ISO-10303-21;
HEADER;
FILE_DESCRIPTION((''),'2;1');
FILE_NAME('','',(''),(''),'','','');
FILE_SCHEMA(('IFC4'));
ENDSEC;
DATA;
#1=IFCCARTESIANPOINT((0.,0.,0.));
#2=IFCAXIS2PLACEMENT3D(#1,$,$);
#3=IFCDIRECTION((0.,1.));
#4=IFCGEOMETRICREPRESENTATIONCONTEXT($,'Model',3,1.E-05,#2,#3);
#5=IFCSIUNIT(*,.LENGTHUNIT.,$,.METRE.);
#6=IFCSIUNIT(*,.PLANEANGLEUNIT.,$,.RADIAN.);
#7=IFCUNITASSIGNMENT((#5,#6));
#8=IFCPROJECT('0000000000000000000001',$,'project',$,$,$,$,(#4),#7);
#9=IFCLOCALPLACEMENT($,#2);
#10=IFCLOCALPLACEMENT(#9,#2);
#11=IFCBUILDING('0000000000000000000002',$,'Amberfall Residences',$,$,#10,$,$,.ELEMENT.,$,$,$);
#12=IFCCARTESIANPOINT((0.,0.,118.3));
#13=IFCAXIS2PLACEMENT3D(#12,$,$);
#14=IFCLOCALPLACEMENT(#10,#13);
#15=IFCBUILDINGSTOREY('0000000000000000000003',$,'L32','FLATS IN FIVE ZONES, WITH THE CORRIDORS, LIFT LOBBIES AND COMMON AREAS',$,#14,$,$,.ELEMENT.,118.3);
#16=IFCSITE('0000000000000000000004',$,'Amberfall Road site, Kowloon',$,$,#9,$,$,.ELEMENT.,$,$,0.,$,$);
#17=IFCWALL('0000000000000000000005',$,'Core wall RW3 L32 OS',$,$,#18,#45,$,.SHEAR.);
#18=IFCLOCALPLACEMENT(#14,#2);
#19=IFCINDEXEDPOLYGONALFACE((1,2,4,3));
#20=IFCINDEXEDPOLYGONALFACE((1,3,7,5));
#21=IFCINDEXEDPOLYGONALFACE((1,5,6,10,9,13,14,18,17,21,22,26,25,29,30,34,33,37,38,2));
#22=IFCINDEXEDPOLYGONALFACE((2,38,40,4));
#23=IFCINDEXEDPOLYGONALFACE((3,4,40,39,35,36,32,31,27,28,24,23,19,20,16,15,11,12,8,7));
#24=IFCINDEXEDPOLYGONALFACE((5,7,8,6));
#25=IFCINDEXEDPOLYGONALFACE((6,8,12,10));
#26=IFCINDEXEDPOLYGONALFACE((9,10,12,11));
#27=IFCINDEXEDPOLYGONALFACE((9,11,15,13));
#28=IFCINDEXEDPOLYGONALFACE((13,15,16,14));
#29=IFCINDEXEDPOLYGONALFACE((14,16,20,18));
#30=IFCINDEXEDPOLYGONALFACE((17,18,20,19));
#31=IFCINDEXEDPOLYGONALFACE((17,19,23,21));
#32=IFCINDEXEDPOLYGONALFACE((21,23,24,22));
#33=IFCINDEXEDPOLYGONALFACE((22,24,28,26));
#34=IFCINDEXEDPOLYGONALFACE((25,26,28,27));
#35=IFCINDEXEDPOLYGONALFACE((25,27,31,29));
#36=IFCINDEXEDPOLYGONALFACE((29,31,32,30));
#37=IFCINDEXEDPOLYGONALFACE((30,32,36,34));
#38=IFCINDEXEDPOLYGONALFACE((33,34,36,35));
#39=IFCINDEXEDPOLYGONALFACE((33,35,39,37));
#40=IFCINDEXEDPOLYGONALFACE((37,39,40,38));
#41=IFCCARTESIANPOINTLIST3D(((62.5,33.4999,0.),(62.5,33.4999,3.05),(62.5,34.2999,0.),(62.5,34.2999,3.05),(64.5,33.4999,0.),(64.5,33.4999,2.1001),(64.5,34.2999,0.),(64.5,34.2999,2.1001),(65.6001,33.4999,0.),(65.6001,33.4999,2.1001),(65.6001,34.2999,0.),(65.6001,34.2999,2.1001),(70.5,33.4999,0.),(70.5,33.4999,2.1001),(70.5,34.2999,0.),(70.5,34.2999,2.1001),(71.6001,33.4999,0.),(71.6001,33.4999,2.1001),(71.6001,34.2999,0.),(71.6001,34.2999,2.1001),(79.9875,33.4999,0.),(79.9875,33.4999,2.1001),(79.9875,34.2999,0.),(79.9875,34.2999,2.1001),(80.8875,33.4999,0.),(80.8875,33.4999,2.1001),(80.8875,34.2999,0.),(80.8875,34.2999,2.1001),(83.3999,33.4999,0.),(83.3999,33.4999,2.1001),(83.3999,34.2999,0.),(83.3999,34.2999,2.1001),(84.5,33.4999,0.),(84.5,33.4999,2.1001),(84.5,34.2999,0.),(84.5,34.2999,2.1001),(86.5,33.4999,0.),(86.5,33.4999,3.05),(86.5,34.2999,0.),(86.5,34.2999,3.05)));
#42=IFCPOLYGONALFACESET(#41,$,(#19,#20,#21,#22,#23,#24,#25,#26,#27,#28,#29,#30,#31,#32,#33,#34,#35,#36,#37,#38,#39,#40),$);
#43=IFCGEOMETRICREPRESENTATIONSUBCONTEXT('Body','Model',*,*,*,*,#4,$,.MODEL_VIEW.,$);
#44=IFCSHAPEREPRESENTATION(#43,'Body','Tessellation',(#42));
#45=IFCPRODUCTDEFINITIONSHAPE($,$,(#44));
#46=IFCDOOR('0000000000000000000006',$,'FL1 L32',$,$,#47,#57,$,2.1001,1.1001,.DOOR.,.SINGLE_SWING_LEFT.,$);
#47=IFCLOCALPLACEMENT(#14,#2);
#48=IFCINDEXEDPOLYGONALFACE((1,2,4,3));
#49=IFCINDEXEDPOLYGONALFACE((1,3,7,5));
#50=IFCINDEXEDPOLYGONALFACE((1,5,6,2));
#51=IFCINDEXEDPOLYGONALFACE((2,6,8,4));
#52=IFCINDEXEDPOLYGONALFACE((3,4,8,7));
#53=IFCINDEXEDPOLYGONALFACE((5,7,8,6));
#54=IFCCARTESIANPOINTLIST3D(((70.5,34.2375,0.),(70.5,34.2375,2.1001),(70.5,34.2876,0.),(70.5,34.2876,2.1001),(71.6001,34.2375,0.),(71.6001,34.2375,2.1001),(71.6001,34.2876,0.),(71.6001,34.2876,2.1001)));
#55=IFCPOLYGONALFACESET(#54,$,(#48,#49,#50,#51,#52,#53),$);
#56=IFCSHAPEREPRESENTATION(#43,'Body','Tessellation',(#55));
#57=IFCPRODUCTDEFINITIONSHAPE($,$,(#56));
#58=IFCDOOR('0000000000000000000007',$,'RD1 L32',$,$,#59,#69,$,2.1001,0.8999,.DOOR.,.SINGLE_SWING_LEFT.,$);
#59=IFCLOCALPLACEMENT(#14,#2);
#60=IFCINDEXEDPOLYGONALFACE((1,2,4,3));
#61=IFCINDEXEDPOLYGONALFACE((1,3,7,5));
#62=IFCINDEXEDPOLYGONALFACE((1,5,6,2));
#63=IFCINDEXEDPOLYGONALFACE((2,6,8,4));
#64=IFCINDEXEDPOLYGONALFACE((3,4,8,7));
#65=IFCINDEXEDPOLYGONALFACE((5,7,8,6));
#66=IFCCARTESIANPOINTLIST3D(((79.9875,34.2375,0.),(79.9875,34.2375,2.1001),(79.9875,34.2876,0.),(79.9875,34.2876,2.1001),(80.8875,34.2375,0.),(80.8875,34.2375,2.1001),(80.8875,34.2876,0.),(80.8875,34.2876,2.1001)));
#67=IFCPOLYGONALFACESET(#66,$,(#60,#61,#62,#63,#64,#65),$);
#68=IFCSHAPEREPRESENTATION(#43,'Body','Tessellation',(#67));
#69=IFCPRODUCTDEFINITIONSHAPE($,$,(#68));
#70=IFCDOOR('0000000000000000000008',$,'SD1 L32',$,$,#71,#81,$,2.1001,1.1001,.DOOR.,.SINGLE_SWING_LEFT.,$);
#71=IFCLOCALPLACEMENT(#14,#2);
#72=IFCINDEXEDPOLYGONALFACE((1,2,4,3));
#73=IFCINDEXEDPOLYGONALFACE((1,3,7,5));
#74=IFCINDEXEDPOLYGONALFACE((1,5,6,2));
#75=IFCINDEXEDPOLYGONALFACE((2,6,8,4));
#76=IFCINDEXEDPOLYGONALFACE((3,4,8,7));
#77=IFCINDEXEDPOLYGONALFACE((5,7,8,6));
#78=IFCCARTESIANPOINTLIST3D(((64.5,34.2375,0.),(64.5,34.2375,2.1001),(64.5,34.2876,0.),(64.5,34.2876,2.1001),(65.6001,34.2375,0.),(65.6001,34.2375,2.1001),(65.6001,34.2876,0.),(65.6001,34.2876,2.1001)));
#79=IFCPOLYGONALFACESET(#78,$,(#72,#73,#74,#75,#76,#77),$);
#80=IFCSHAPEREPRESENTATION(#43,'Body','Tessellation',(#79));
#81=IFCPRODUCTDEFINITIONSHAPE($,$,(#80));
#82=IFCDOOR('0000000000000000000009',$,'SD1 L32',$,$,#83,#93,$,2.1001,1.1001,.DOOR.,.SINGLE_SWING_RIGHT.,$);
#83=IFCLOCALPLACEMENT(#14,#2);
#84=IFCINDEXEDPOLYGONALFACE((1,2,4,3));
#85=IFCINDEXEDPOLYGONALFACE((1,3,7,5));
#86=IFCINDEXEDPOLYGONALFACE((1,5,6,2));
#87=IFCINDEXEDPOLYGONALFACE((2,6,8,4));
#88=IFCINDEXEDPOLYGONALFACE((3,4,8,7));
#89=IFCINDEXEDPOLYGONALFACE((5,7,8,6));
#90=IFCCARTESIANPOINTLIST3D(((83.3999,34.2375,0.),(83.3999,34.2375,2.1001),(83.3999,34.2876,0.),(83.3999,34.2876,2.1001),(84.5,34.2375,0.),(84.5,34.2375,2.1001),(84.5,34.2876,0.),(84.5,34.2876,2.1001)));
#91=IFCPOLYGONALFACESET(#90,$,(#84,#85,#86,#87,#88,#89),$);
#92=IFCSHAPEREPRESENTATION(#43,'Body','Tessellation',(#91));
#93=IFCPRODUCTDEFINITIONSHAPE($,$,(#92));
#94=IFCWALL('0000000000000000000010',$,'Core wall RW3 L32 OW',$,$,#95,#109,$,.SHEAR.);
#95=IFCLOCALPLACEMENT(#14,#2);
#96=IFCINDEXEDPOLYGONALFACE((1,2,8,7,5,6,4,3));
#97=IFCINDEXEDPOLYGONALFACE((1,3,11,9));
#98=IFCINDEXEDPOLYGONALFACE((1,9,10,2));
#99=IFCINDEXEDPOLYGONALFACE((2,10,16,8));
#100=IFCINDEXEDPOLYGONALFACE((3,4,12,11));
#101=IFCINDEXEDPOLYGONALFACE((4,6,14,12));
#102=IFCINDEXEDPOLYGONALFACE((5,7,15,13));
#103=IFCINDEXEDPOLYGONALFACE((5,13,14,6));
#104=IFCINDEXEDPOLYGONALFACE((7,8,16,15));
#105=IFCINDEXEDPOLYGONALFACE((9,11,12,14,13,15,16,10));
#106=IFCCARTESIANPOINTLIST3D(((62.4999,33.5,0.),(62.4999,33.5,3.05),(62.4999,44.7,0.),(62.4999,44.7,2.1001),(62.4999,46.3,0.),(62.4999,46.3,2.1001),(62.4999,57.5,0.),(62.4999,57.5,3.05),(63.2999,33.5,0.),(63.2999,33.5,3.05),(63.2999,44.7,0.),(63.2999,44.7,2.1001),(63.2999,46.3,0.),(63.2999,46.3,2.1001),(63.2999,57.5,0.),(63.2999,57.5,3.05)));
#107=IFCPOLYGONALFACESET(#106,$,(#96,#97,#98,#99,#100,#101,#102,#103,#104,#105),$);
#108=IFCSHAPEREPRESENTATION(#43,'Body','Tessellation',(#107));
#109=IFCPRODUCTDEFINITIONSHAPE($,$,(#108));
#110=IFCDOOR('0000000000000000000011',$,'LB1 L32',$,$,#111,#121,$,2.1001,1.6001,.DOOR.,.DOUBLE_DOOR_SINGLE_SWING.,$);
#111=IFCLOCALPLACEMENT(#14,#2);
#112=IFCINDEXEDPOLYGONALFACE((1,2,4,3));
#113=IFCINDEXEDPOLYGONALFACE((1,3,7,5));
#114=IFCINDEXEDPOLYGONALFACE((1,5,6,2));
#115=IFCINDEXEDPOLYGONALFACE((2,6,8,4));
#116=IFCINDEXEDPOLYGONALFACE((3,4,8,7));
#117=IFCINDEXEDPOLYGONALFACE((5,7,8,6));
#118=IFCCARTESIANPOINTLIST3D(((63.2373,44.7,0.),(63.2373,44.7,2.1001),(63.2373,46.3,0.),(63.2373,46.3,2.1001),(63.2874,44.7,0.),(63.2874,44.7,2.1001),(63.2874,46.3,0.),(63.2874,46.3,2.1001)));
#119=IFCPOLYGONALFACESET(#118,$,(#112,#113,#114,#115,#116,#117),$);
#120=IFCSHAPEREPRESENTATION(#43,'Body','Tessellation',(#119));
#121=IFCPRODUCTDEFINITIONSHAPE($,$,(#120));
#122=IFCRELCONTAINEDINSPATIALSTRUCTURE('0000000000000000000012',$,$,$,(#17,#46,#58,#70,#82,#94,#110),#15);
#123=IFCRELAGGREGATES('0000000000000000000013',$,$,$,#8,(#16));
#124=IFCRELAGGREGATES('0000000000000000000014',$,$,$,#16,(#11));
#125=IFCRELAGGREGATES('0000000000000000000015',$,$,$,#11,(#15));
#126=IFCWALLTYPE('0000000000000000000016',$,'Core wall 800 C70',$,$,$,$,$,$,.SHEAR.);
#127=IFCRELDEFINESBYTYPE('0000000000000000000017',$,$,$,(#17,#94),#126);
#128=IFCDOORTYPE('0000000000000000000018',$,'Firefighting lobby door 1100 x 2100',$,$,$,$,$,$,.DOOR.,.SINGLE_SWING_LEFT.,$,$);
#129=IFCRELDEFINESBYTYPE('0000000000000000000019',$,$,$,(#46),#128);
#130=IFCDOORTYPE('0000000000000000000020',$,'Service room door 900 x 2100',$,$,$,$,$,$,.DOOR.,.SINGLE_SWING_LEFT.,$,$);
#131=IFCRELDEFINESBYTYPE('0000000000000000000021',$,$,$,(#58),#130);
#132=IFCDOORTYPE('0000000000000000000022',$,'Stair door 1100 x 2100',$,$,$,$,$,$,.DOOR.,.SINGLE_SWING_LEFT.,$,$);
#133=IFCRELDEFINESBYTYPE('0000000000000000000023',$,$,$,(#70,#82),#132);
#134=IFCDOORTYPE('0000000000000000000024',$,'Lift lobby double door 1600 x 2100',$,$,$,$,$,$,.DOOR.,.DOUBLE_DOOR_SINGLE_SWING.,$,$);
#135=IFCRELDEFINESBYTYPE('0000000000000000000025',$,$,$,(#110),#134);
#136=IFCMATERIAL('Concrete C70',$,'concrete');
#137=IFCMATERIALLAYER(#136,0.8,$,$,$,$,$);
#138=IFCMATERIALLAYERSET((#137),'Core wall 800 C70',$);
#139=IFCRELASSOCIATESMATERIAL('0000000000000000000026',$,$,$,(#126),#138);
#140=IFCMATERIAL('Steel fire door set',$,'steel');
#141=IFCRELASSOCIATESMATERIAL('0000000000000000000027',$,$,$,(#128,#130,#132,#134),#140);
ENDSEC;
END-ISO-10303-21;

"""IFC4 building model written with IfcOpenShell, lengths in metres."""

from ifc_helpers import new_model, si_unit, direction, frame, frame_2d, origin, place, context, subcontext, project, spatial, rectangle, extrude, material, layer, layer_set, type_object, element, fill, save


model = new_model("IFC4")

# Units and contexts
model_context = context("Model", 3, precision=1e-05, world=origin(), true_north=direction((0.0, 1.0)))
body_context = subcontext(model_context, "Body", "Model", "MODEL_VIEW")
ifc_project = project(units=[si_unit("LENGTHUNIT", "METRE"), si_unit("PLANEANGLEUNIT", "RADIAN")], contexts=[model_context])

# Site, building, storey
site_placement = place(None, origin())
site = spatial("IfcSite", under=ifc_project, at=site_placement, Name="Amberfall Road site, Kowloon", CompositionType="ELEMENT", RefElevation=0.0)
building_placement = place(site_placement, origin())
building = spatial("IfcBuilding", under=site, at=building_placement, Name="Amberfall Residences", CompositionType="ELEMENT")
storey_placement = place(building_placement, frame((0.0, 0.0, 118.3)))
storey = spatial("IfcBuildingStorey", under=building, at=storey_placement, Name="L32", Description="FLATS IN FIVE ZONES, WITH THE CORRIDORS, LIFT LOBBIES AND COMMON AREAS", CompositionType="ELEMENT", Elevation=118.3)

# Wall, openings, doors
ifc_material_1 = material(Name="Concrete C70", Category="concrete")
ifc_layer_1 = layer(ifc_material_1, 0.8)
ifc_layer_set_1 = layer_set([ifc_layer_1], Name="Core wall 800 C70")
wall_type_1 = type_object("IfcWallType", Name="Core wall 800 C70", PredefinedType="SHEAR", material=ifc_layer_set_1)
wall_1_placement = place(storey_placement, frame((62.5, 33.8999, 0.0), z_axis=(0.0, 0.0, 1.0), x_axis=(1.0, 0.0, 0.0)))
wall_1 = element("IfcWall", 1, at=wall_1_placement, inside=storey, type_object=wall_type_1, Name="Core wall RW3 L32 OS", PredefinedType="SHEAR", context=body_context, shape_type="SweptSolid", body=[
    extrude(rectangle(XDim=24.0, YDim=0.8, at=frame_2d((12.0, 0.0))), origin(), (0.0, 0.0, 1.0), 3.05),
])
opening_1_placement = place(wall_1_placement, frame((2.0, 0.0, 0.0)))
opening_1 = element("IfcOpeningElement", 2, at=opening_1_placement, cuts=wall_1, PredefinedType="OPENING", context=body_context, shape_type="SweptSolid", body=[
    extrude(rectangle(XDim=1.1001, YDim=2.1001, at=frame_2d((0.55, 1.05))), frame((0.0, 0.4099, 0.0), z_axis=(0.0, -1.0, 0.0), x_axis=(1.0, 0.0, 0.0)), (0.0, 0.0, 1.0), 0.8201),
])
opening_2_placement = place(wall_1_placement, frame((20.8999, 0.0, 0.0)))
opening_2 = element("IfcOpeningElement", 3, at=opening_2_placement, cuts=wall_1, PredefinedType="OPENING", context=body_context, shape_type="SweptSolid", body=[
    extrude(rectangle(XDim=1.1001, YDim=2.1001, at=frame_2d((0.55, 1.05))), frame((0.0, 0.4099, 0.0), z_axis=(0.0, -1.0, 0.0), x_axis=(1.0, 0.0, 0.0)), (0.0, 0.0, 1.0), 0.8201),
])
opening_3_placement = place(wall_1_placement, frame((8.0, 0.0, 0.0)))
opening_3 = element("IfcOpeningElement", 4, at=opening_3_placement, cuts=wall_1, PredefinedType="OPENING", context=body_context, shape_type="SweptSolid", body=[
    extrude(rectangle(XDim=1.1001, YDim=2.1001, at=frame_2d((0.55, 1.05))), frame((0.0, 0.4099, 0.0), z_axis=(0.0, -1.0, 0.0), x_axis=(1.0, 0.0, 0.0)), (0.0, 0.0, 1.0), 0.8201),
])
opening_4_placement = place(wall_1_placement, frame((17.4875, 0.0, 0.0)))
opening_4 = element("IfcOpeningElement", 5, at=opening_4_placement, cuts=wall_1, PredefinedType="OPENING", context=body_context, shape_type="SweptSolid", body=[
    extrude(rectangle(XDim=0.8999, YDim=2.1001, at=frame_2d((0.45, 1.05))), frame((0.0, 0.4099, 0.0), z_axis=(0.0, -1.0, 0.0), x_axis=(1.0, 0.0, 0.0)), (0.0, 0.0, 1.0), 0.8201),
])
ifc_material_2 = material(Name="Steel fire door set", Category="steel")
door_type_1 = type_object("IfcDoorType", Name="Firefighting lobby door 1100 x 2100", OperationType="SINGLE_SWING_LEFT", PredefinedType="DOOR", material=ifc_material_2)
door_1_placement = place(opening_3_placement, origin())
door_1 = element("IfcDoor", 6, at=door_1_placement, inside=storey, type_object=door_type_1, Name="FL1 L32", OperationType="SINGLE_SWING_LEFT", OverallHeight=2.1001, OverallWidth=1.1001, PredefinedType="DOOR", context=body_context, shape_type="SweptSolid", body=[
    extrude(rectangle(XDim=1.1001, YDim=2.1001, at=frame_2d((0.55, 1.05))), frame((0.0, 0.3877, 0.0), z_axis=(0.0, -1.0, 0.0), x_axis=(1.0, 0.0, 0.0)), (0.0, 0.0, 1.0), 0.05),
])
fill(opening_3, door_1)
door_type_2 = type_object("IfcDoorType", Name="Service room door 900 x 2100", OperationType="SINGLE_SWING_LEFT", PredefinedType="DOOR", material=ifc_material_2)
door_2_placement = place(opening_4_placement, origin())
door_2 = element("IfcDoor", 7, at=door_2_placement, inside=storey, type_object=door_type_2, Name="RD1 L32", OperationType="SINGLE_SWING_LEFT", OverallHeight=2.1001, OverallWidth=0.8999, PredefinedType="DOOR", context=body_context, shape_type="SweptSolid", body=[
    extrude(rectangle(XDim=0.8999, YDim=2.1001, at=frame_2d((0.45, 1.05))), frame((0.0, 0.3877, 0.0), z_axis=(0.0, -1.0, 0.0), x_axis=(1.0, 0.0, 0.0)), (0.0, 0.0, 1.0), 0.05),
])
fill(opening_4, door_2)
door_type_3 = type_object("IfcDoorType", Name="Stair door 1100 x 2100", OperationType="SINGLE_SWING_LEFT", PredefinedType="DOOR", material=ifc_material_2)
door_3_placement = place(opening_1_placement, origin())
door_3 = element("IfcDoor", 8, at=door_3_placement, inside=storey, type_object=door_type_3, Name="SD1 L32", OperationType="SINGLE_SWING_LEFT", OverallHeight=2.1001, OverallWidth=1.1001, PredefinedType="DOOR", context=body_context, shape_type="SweptSolid", body=[
    extrude(rectangle(XDim=1.1001, YDim=2.1001, at=frame_2d((0.55, 1.05))), frame((0.0, 0.3877, 0.0), z_axis=(0.0, -1.0, 0.0), x_axis=(1.0, 0.0, 0.0)), (0.0, 0.0, 1.0), 0.05),
])
fill(opening_1, door_3)
door_4_placement = place(opening_2_placement, origin())
door_4 = element("IfcDoor", 9, at=door_4_placement, inside=storey, type_object=door_type_3, Name="SD1 L32", OperationType="SINGLE_SWING_RIGHT", OverallHeight=2.1001, OverallWidth=1.1001, PredefinedType="DOOR", context=body_context, shape_type="SweptSolid", body=[
    extrude(rectangle(XDim=1.1001, YDim=2.1001, at=frame_2d((0.55, 1.05))), frame((0.0, 0.3877, 0.0), z_axis=(0.0, -1.0, 0.0), x_axis=(1.0, 0.0, 0.0)), (0.0, 0.0, 1.0), 0.05),
])
fill(opening_2, door_4)

# Wall, opening, door
wall_2_placement = place(storey_placement, frame((62.8999, 33.5, 0.0), z_axis=(0.0, 0.0, 1.0), x_axis=(0.0, 1.0, 0.0)))
wall_2 = element("IfcWall", 10, at=wall_2_placement, inside=storey, type_object=wall_type_1, Name="Core wall RW3 L32 OW", PredefinedType="SHEAR", context=body_context, shape_type="SweptSolid", body=[
    extrude(rectangle(XDim=24.0, YDim=0.8, at=frame_2d((12.0, 0.0))), origin(), (0.0, 0.0, 1.0), 3.05),
])
opening_5_placement = place(wall_2_placement, frame((11.2, 0.0, 0.0)))
opening_5 = element("IfcOpeningElement", 11, at=opening_5_placement, cuts=wall_2, PredefinedType="OPENING", context=body_context, shape_type="SweptSolid", body=[
    extrude(rectangle(XDim=1.6001, YDim=2.1001, at=frame_2d((0.8, 1.05))), frame((0.0, 0.4099, 0.0), z_axis=(0.0, -1.0, 0.0), x_axis=(1.0, 0.0, 0.0)), (0.0, 0.0, 1.0), 0.8201),
])
door_type_4 = type_object("IfcDoorType", Name="Lift lobby double door 1600 x 2100", OperationType="DOUBLE_DOOR_SINGLE_SWING", PredefinedType="DOOR", material=ifc_material_2)
door_5_placement = place(opening_5_placement, origin())
door_5 = element("IfcDoor", 12, at=door_5_placement, inside=storey, type_object=door_type_4, Name="LB1 L32", OperationType="DOUBLE_DOOR_SINGLE_SWING", OverallHeight=2.1001, OverallWidth=1.6001, PredefinedType="DOOR", context=body_context, shape_type="SweptSolid", body=[
    extrude(rectangle(XDim=1.6001, YDim=2.1001, at=frame_2d((0.8, 1.05))), frame((0.0, -0.3374, 0.0), z_axis=(0.0, -1.0, 0.0), x_axis=(1.0, 0.0, 0.0)), (0.0, 0.0, 1.0), 0.05),
])
fill(opening_5, door_5)

save(model, "model.ifc")
